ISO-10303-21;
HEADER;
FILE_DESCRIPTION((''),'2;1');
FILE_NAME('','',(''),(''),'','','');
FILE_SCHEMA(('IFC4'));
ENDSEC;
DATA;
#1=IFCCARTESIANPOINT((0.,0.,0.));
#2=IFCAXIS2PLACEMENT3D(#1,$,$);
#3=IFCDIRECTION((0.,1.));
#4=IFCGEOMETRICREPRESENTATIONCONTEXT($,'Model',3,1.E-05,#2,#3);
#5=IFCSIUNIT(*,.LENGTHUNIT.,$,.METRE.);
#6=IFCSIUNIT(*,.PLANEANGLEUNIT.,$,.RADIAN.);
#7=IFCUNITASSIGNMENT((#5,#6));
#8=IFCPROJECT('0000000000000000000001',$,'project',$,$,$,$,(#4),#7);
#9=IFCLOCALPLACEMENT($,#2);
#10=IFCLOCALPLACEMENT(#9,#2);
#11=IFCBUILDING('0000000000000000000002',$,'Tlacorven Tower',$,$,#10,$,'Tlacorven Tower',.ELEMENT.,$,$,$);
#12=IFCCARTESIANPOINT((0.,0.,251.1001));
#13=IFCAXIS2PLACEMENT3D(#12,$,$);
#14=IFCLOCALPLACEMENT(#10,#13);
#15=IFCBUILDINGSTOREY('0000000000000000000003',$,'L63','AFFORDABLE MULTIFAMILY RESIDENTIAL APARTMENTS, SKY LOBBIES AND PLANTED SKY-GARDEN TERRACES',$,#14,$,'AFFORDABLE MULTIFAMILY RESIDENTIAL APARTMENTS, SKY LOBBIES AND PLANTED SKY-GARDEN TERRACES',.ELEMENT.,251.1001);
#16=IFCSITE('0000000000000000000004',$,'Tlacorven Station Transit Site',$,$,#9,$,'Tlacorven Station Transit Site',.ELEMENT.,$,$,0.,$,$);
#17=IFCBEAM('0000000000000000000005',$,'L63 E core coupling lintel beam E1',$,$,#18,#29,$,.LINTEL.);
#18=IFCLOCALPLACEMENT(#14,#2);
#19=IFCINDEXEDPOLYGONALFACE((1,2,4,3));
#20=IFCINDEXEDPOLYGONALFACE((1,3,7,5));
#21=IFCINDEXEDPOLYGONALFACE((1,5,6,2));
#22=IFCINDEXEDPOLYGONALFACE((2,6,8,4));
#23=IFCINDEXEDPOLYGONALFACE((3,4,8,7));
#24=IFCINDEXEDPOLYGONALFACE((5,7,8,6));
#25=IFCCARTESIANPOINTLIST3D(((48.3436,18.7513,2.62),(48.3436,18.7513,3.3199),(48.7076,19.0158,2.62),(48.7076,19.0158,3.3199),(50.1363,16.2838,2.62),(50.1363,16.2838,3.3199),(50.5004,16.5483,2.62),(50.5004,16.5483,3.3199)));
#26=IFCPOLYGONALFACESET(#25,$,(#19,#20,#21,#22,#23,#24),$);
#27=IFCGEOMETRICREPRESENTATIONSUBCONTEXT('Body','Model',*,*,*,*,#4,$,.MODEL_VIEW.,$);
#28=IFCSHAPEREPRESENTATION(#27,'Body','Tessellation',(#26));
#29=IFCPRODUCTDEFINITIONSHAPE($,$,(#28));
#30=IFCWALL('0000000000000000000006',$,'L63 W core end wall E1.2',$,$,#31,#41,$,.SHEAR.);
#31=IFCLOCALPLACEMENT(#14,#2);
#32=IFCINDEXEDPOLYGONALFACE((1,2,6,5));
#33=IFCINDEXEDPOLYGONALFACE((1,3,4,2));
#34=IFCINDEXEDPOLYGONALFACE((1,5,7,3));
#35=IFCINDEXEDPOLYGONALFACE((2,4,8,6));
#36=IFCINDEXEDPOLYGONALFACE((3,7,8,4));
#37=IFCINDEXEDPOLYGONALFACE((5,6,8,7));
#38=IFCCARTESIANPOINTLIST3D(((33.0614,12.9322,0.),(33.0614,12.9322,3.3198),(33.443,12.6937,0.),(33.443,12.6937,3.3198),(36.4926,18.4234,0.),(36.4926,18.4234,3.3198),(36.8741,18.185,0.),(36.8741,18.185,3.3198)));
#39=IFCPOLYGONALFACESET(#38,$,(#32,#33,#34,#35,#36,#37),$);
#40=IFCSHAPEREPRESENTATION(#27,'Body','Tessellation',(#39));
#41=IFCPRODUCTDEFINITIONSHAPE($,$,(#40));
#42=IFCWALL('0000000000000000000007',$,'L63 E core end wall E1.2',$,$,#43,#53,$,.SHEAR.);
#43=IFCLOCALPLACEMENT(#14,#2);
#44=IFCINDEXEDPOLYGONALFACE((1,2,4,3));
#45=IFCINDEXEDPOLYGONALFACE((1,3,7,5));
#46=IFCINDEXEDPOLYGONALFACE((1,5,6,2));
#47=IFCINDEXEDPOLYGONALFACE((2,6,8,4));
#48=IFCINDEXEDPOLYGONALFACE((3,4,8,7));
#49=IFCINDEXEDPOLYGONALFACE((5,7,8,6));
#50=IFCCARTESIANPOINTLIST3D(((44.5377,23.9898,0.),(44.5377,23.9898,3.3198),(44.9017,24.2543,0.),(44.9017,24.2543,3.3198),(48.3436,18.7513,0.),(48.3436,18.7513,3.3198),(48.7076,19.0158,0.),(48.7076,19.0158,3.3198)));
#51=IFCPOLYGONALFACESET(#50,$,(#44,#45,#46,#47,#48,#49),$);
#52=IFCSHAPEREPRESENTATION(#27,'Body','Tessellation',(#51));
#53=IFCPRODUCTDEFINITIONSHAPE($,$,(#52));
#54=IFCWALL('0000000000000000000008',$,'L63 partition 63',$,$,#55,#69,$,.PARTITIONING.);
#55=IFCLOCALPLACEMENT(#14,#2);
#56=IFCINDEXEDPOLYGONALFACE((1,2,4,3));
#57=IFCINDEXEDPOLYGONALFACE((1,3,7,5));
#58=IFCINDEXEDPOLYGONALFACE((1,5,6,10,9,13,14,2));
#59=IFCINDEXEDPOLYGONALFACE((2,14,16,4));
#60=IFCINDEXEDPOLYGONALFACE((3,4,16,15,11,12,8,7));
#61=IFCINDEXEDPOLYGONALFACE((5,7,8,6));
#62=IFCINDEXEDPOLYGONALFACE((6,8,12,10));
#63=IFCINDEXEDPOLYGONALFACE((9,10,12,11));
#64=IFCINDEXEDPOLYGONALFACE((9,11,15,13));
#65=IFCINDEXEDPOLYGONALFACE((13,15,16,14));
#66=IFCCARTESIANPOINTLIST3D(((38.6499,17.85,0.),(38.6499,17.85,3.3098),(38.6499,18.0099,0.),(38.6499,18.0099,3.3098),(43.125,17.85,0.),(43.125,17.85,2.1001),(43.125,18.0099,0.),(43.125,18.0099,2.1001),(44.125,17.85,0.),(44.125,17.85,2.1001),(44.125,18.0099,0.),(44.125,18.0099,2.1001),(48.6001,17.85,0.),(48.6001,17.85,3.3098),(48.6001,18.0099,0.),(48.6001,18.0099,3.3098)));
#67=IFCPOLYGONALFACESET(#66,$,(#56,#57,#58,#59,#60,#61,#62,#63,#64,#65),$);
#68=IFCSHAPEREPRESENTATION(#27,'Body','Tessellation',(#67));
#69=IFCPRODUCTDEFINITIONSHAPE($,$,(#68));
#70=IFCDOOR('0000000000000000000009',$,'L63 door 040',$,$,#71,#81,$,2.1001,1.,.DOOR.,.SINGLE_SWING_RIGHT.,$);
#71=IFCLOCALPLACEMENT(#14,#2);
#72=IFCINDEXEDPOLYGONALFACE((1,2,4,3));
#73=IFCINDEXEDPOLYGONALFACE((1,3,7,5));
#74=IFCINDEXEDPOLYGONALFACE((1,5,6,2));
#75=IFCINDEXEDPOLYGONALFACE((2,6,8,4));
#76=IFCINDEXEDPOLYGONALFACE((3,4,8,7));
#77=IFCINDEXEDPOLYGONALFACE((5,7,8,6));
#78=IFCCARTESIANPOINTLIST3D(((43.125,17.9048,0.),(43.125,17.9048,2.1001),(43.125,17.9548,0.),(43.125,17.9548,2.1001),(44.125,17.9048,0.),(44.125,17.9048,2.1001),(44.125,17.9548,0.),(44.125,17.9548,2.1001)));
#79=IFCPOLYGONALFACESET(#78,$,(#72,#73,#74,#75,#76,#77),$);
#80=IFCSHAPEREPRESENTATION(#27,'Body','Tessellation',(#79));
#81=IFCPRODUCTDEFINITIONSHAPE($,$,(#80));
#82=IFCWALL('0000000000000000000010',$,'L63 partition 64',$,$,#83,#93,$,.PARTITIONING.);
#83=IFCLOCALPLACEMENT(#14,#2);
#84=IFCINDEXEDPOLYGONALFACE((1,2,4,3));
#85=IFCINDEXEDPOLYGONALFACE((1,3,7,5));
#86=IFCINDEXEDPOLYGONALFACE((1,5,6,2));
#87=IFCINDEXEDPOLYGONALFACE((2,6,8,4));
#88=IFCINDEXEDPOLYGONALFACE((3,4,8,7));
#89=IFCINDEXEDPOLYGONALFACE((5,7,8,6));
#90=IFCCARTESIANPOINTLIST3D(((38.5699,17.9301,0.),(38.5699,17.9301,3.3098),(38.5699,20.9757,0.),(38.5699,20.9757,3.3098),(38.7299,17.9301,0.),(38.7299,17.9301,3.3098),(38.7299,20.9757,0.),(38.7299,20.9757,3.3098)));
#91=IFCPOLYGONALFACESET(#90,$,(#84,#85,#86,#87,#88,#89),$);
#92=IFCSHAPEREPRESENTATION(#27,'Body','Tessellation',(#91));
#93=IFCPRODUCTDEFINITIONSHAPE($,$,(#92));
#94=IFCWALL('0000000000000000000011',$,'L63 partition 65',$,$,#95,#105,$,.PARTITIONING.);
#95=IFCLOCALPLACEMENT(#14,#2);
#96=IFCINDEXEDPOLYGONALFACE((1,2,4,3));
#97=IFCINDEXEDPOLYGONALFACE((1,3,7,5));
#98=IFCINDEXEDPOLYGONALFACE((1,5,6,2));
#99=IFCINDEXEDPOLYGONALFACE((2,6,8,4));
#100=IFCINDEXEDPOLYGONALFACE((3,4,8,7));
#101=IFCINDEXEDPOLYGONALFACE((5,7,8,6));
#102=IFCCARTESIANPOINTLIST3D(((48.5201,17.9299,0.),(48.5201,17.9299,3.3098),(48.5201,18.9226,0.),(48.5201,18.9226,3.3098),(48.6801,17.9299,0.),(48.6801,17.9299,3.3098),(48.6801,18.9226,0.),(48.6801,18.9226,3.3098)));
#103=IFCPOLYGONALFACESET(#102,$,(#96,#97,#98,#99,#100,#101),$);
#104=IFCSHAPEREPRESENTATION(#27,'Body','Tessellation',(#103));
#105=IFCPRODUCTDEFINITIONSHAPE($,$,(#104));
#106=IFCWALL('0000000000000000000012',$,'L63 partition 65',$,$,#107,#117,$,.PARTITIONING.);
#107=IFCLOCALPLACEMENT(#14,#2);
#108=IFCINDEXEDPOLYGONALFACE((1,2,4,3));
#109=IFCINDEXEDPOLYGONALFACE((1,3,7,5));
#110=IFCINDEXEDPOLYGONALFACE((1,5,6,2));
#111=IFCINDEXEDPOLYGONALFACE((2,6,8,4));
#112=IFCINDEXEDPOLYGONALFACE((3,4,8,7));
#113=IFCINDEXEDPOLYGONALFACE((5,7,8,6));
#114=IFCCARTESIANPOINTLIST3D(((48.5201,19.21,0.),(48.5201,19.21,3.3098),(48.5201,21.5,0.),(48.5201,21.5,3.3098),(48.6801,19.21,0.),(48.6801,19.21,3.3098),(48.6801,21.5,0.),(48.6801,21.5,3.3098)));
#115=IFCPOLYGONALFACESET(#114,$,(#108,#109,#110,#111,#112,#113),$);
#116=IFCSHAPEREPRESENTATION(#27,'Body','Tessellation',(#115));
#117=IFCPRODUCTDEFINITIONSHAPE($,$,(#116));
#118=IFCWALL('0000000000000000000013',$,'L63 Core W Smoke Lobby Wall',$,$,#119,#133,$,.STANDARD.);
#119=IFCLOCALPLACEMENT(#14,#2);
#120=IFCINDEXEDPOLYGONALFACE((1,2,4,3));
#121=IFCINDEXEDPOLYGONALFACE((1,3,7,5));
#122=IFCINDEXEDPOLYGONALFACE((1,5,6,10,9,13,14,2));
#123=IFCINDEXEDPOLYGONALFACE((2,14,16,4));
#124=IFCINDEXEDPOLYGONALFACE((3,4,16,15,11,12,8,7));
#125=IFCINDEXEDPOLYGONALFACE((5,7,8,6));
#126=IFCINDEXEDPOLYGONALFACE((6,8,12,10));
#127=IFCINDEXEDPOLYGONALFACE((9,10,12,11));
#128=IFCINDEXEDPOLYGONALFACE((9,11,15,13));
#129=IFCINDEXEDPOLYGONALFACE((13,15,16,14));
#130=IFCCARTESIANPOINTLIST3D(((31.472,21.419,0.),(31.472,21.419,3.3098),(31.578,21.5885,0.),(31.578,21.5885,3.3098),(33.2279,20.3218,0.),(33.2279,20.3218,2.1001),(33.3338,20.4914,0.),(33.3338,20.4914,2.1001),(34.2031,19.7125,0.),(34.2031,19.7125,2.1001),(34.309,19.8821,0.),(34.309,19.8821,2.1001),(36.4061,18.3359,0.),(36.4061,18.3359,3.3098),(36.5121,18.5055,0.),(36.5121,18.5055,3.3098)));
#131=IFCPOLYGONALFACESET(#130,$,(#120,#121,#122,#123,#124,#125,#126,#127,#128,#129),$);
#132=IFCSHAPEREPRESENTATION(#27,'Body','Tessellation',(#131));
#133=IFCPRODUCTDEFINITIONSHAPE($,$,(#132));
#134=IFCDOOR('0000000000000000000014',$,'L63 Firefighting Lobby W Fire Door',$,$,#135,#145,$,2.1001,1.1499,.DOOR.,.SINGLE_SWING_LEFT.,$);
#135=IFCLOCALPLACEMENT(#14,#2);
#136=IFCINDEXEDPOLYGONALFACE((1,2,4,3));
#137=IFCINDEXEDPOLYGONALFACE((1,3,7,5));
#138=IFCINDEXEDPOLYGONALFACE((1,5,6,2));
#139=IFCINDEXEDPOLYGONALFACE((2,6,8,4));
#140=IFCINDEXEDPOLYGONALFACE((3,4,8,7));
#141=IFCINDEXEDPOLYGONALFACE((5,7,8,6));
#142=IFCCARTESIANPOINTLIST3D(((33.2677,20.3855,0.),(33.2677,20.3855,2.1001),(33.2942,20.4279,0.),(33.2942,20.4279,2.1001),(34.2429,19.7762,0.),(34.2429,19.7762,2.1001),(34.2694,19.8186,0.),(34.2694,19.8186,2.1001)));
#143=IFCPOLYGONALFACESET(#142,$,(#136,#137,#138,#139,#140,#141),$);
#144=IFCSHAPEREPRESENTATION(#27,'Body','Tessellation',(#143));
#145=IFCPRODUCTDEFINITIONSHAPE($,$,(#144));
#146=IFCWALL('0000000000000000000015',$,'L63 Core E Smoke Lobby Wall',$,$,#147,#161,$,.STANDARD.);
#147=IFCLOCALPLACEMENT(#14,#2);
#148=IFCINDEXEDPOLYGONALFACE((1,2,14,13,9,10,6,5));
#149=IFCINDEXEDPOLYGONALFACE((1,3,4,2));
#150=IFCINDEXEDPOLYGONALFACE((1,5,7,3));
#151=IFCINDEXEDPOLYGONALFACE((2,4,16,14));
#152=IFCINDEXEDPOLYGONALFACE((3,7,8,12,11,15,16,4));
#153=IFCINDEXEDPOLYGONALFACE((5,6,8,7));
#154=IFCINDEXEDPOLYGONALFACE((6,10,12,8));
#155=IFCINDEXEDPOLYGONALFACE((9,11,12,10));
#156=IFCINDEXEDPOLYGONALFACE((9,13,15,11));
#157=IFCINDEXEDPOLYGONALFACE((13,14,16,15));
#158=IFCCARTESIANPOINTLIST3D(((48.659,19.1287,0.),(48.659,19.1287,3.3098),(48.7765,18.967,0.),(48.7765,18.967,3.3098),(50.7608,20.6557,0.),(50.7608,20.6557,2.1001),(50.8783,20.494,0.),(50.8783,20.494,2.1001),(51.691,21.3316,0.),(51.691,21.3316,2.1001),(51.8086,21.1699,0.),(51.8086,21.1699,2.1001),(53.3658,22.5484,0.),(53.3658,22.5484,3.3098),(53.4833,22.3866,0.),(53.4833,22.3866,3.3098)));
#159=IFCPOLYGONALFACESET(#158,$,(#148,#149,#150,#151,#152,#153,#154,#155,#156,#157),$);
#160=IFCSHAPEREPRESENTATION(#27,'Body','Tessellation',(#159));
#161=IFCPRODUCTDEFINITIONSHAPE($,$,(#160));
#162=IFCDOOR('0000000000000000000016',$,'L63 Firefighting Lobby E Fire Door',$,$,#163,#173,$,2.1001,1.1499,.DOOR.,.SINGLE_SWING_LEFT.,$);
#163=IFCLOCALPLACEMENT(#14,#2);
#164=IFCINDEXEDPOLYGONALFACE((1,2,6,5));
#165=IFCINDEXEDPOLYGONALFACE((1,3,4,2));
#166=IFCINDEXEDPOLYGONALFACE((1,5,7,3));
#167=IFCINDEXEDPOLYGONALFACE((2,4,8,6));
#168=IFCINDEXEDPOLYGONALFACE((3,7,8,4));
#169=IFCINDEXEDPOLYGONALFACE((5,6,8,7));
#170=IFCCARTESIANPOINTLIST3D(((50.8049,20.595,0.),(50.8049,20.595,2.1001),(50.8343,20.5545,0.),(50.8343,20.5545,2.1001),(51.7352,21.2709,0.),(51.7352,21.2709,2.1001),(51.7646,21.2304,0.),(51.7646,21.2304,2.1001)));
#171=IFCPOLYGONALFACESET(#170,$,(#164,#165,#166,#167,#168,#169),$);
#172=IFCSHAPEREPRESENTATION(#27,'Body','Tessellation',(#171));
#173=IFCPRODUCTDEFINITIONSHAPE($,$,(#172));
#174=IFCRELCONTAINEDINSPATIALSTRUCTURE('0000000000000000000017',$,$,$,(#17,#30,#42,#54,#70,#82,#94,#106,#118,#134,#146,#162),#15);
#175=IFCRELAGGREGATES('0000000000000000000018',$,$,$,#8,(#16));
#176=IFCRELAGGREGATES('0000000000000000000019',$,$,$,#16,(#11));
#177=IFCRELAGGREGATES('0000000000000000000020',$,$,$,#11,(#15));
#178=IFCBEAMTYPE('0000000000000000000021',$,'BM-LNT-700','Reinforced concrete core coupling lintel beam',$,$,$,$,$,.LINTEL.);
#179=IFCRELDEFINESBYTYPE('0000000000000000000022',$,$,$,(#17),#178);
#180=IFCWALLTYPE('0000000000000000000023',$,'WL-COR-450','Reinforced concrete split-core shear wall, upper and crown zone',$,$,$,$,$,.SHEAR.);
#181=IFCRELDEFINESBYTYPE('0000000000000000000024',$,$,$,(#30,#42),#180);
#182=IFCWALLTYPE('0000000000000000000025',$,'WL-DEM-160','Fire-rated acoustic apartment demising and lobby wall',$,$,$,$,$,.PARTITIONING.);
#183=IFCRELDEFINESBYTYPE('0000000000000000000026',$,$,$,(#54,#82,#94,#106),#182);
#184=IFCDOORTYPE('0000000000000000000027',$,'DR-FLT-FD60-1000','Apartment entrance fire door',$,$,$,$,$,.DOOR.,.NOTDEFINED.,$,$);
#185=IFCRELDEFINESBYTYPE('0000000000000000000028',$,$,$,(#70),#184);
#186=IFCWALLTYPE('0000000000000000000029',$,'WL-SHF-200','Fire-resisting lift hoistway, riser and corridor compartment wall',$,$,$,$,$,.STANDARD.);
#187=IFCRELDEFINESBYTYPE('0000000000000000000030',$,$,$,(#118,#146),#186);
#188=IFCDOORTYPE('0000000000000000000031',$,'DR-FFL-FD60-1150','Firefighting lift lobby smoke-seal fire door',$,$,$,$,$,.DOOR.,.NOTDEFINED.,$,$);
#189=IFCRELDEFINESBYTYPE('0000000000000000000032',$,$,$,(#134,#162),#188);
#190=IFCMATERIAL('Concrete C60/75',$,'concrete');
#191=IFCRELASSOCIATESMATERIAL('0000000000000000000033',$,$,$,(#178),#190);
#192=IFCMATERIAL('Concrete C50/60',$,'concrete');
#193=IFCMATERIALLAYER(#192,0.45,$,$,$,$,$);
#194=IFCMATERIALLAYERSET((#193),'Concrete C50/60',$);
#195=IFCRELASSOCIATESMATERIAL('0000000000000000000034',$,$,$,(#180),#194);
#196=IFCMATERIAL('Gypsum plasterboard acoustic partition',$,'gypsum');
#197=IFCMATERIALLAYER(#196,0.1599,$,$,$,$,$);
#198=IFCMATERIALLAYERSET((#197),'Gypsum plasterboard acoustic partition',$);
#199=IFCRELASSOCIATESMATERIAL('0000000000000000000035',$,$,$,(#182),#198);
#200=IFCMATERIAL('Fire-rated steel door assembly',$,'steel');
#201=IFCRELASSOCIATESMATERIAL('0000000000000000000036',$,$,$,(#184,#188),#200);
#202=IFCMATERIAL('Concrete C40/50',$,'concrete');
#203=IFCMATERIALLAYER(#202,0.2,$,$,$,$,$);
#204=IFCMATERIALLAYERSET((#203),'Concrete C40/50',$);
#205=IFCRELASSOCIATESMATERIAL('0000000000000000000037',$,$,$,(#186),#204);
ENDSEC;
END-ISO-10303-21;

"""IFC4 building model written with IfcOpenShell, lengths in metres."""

from ifc_helpers import new_model, si_unit, direction, frame, frame_2d, origin, origin_2d, place, context, subcontext, project, spatial, rectangle, extrude, source, transform, mapped, material, layer, layer_set, material_profile, profile_set, type_object, element, fill, save


model = new_model("IFC4")

# Units and contexts
model_context = context("Model", 3, precision=1e-05, world=origin(), true_north=direction((0.0, 1.0)))
body_context = subcontext(model_context, "Body", "Model", "MODEL_VIEW")
ifc_project = project(units=[si_unit("LENGTHUNIT", "METRE"), si_unit("PLANEANGLEUNIT", "RADIAN")], contexts=[model_context])

# Site, building, storey
site_placement = place(None, origin())
site = spatial("IfcSite", under=ifc_project, at=site_placement, Name="Tlacorven Station Transit Site", LongName="Tlacorven Station Transit Site", CompositionType="ELEMENT", RefElevation=0.0)
building_placement = place(site_placement, origin())
building = spatial("IfcBuilding", under=site, at=building_placement, Name="Tlacorven Tower", LongName="Tlacorven Tower", CompositionType="ELEMENT")
storey_placement = place(building_placement, frame((0.0, 0.0, 251.1001)))
storey = spatial("IfcBuildingStorey", under=building, at=storey_placement, Name="L63", Description="AFFORDABLE MULTIFAMILY RESIDENTIAL APARTMENTS, SKY LOBBIES AND PLANTED SKY-GARDEN TERRACES", LongName="AFFORDABLE MULTIFAMILY RESIDENTIAL APARTMENTS, SKY LOBBIES AND PLANTED SKY-GARDEN TERRACES", CompositionType="ELEMENT", Elevation=251.1001)

# Beam
ifc_material_1 = material(Name="Concrete C60/75", Category="concrete")
ifc_material_profile = material_profile(ifc_material_1, rectangle(XDim=0.45, YDim=0.7, at=origin_2d()), Name="RC 450X700")
ifc_profile_set = profile_set([ifc_material_profile], Name="Concrete C60/75")
beam_type = type_object("IfcBeamType", Name="BM-LNT-700", Description="Reinforced concrete core coupling lintel beam", PredefinedType="LINTEL", material=ifc_profile_set)
shared_shape_1 = source(origin(), body_context, "Body", "SweptSolid", [
    extrude(rectangle(XDim=0.45, YDim=0.7, at=origin_2d()), origin(), (0.0, 0.0, 1.0), 3.05),
])
beam_placement = place(storey_placement, frame((50.3184, 16.416, 2.97), z_axis=(-0.587777, 0.809023, 0.0), x_axis=(-0.809023, -0.587777, 0.0)))
element("IfcBeam", 1, at=beam_placement, inside=storey, type_object=beam_type, Name="L63 E core coupling lintel beam E1", PredefinedType="LINTEL", context=body_context, shape_type="MappedRepresentation", body=[
    mapped(shared_shape_1, transform((0.0, 0.0, 0.0), scale=1.0)),
])

# Walls
ifc_material_2 = material(Name="Concrete C50/60", Category="concrete")
ifc_layer_1 = layer(ifc_material_2, 0.45)
ifc_layer_set_1 = layer_set([ifc_layer_1], Name="Concrete C50/60")
wall_type_1 = type_object("IfcWallType", Name="WL-COR-450", Description="Reinforced concrete split-core shear wall, upper and crown zone", PredefinedType="SHEAR", material=ifc_layer_set_1)
for number, where, z_axis, x_axis, name in (
    (2, (36.6833, 18.3042, 0.0), (0.0, 0.0, 1.0), (-0.529904, -0.848058, 0.0), "L63 W core end wall E1.2"),
    (3, (48.5256, 18.8835, 0.0), (0.0, 0.0, 1.0), (-0.587775, 0.809025, 0.0), "L63 E core end wall E1.2"),
):
    element("IfcWall", number, at=place(storey_placement, frame(where, z_axis=z_axis, x_axis=x_axis)), inside=storey, type_object=wall_type_1, Name=name, PredefinedType="SHEAR", context=body_context, shape_type="SweptSolid", body=[
        extrude(rectangle(XDim=6.4751, YDim=0.45, at=frame_2d((3.2375, 0.0))), origin(), (0.0, 0.0, 1.0), 3.3198),
    ])

# Wall, opening, door
ifc_material_3 = material(Name="Gypsum plasterboard acoustic partition", Category="gypsum")
ifc_layer_2 = layer(ifc_material_3, 0.1599)
ifc_layer_set_2 = layer_set([ifc_layer_2], Name="Gypsum plasterboard acoustic partition")
wall_type_2 = type_object("IfcWallType", Name="WL-DEM-160", Description="Fire-rated acoustic apartment demising and lobby wall", PredefinedType="PARTITIONING", material=ifc_layer_set_2)
wall_1_placement = place(storey_placement, frame((38.6499, 17.9299, 0.0), z_axis=(0.0, 0.0, 1.0), x_axis=(1.0, 0.0, 0.0)))
wall_1 = element("IfcWall", 4, at=wall_1_placement, inside=storey, type_object=wall_type_2, Name="L63 partition 63", PredefinedType="PARTITIONING", context=body_context, shape_type="SweptSolid", body=[
    extrude(rectangle(XDim=9.9502, YDim=0.1599, at=frame_2d((4.9751, 0.0))), origin(), (0.0, 0.0, 1.0), 3.3098),
])
opening_1_placement = place(wall_1_placement, frame((4.4751, 0.0, 0.0)))
opening_1 = element("IfcOpeningElement", 5, at=opening_1_placement, cuts=wall_1, PredefinedType="OPENING", context=body_context, shape_type="SweptSolid", body=[
    extrude(rectangle(XDim=1.0, YDim=2.1001, at=frame_2d((0.5, 1.05))), frame((0.0, 0.0898, 0.0), z_axis=(0.0, -1.0, 0.0), x_axis=(1.0, 0.0, 0.0)), (0.0, 0.0, 1.0), 0.1799),
])
ifc_material_4 = material(Name="Fire-rated steel door assembly", Category="steel")
door_type_1 = type_object("IfcDoorType", Name="DR-FLT-FD60-1000", Description="Apartment entrance fire door", OperationType="NOTDEFINED", PredefinedType="DOOR", material=ifc_material_4)
shared_shape_2 = source(origin(), body_context, "Body", "SweptSolid", [
    extrude(rectangle(XDim=1.0, YDim=2.1001, at=frame_2d((0.5, 1.05))), frame((0.0, 0.0249, 0.0), z_axis=(0.0, -1.0, 0.0), x_axis=(1.0, 0.0, 0.0)), (0.0, 0.0, 1.0), 0.05),
])
door_1_placement = place(opening_1_placement, origin())
door_1 = element("IfcDoor", 6, at=door_1_placement, inside=storey, type_object=door_type_1, Name="L63 door 040", OperationType="SINGLE_SWING_RIGHT", OverallHeight=2.1001, OverallWidth=1.0, PredefinedType="DOOR", context=body_context, shape_type="MappedRepresentation", body=[
    mapped(shared_shape_2, transform((0.0, 0.0, 0.0), scale=1.0)),
])
fill(opening_1, door_1)

# Walls
wall_2_placement = place(storey_placement, frame((38.6499, 17.9299, 0.0), z_axis=(0.0, 0.0, 1.0), x_axis=(0.0, 1.0, 0.0)))
element("IfcWall", 7, at=wall_2_placement, inside=storey, type_object=wall_type_2, Name="L63 partition 64", PredefinedType="PARTITIONING", context=body_context, shape_type="SweptSolid", body=[
    extrude(rectangle(XDim=3.0457, YDim=0.1599, at=frame_2d((1.5229, 0.0))), origin(), (0.0, 0.0, 1.0), 3.3098),
])
wall_3_placement = place(storey_placement, frame((48.6001, 17.9299, 0.0), z_axis=(0.0, 0.0, 1.0), x_axis=(0.0, 1.0, 0.0)))
element("IfcWall", 8, at=wall_3_placement, inside=storey, type_object=wall_type_2, Name="L63 partition 65", PredefinedType="PARTITIONING", context=body_context, shape_type="SweptSolid", body=[
    extrude(rectangle(XDim=0.9927, YDim=0.1599, at=frame_2d((0.4963, 0.0))), origin(), (0.0, 0.0, 1.0), 3.3098),
])
wall_4_placement = place(storey_placement, frame((48.6001, 19.21, 0.0), z_axis=(0.0, 0.0, 1.0), x_axis=(0.0, 1.0, 0.0)))
element("IfcWall", 9, at=wall_4_placement, inside=storey, type_object=wall_type_2, Name="L63 partition 65", PredefinedType="PARTITIONING", context=body_context, shape_type="SweptSolid", body=[
    extrude(rectangle(XDim=2.29, YDim=0.1599, at=frame_2d((1.145, 0.0))), origin(), (0.0, 0.0, 1.0), 3.3098),
])

# Walls, openings, doors
ifc_material_5 = material(Name="Concrete C40/50", Category="concrete")
ifc_layer_3 = layer(ifc_material_5, 0.2)
ifc_layer_set_3 = layer_set([ifc_layer_3], Name="Concrete C40/50")
wall_type_3 = type_object("IfcWallType", Name="WL-SHF-200", Description="Fire-resisting lift hoistway, riser and corridor compartment wall", PredefinedType="STANDARD", material=ifc_layer_set_3)
wall_5_placement = place(storey_placement, frame((36.4592, 18.4207, 0.0), z_axis=(0.0, 0.0, 1.0), x_axis=(-0.84806, 0.529901, 0.0)))
wall_5 = element("IfcWall", 10, at=wall_5_placement, inside=storey, type_object=wall_type_3, Name="L63 Core W Smoke Lobby Wall", PredefinedType="STANDARD", context=body_context, shape_type="SweptSolid", body=[
    extrude(rectangle(XDim=5.8181, YDim=0.2, at=frame_2d((2.9092, 0.0))), origin(), (0.0, 0.0, 1.0), 3.3098),
])
opening_2_placement = place(wall_5_placement, frame((2.5979, 0.0, 0.0)))
opening_2 = element("IfcOpeningElement", 11, at=opening_2_placement, cuts=wall_5, PredefinedType="OPENING", context=body_context, shape_type="SweptSolid", body=[
    extrude(rectangle(XDim=1.1499, YDim=2.1001, at=frame_2d((0.575, 1.05))), frame((0.0, 0.1099, 0.0), z_axis=(0.0, -1.0, 0.0), x_axis=(1.0, 0.0, 0.0)), (0.0, 0.0, 1.0), 0.22),
])
door_type_2 = type_object("IfcDoorType", Name="DR-FFL-FD60-1150", Description="Firefighting lift lobby smoke-seal fire door", OperationType="NOTDEFINED", PredefinedType="DOOR", material=ifc_material_4)
shared_shape_3 = source(origin(), body_context, "Body", "SweptSolid", [
    extrude(rectangle(XDim=1.1499, YDim=2.1001, at=frame_2d((0.575, 1.05))), frame((0.0, 0.0249, 0.0), z_axis=(0.0, -1.0, 0.0), x_axis=(1.0, 0.0, 0.0)), (0.0, 0.0, 1.0), 0.05),
])
door_2_placement = place(opening_2_placement, origin())
door_2 = element("IfcDoor", 12, at=door_2_placement, inside=storey, type_object=door_type_2, Name="L63 Firefighting Lobby W Fire Door", OperationType="SINGLE_SWING_LEFT", OverallHeight=2.1001, OverallWidth=1.1499, PredefinedType="DOOR", context=body_context, shape_type="MappedRepresentation", body=[
    mapped(shared_shape_3, transform((0.0, 0.0, 0.0), scale=1.0)),
])
fill(opening_2, door_2)
wall_6_placement = place(storey_placement, frame((48.7178, 19.0479, 0.0), z_axis=(0.0, 0.0, 1.0), x_axis=(0.809017, 0.587785, 0.0)))
wall_6 = element("IfcWall", 13, at=wall_6_placement, inside=storey, type_object=wall_type_3, Name="L63 Core E Smoke Lobby Wall", PredefinedType="STANDARD", context=body_context, shape_type="SweptSolid", body=[
    extrude(rectangle(XDim=5.8179, YDim=0.2, at=frame_2d((2.9089, 0.0))), origin(), (0.0, 0.0, 1.0), 3.3098),
])
opening_3_placement = place(wall_6_placement, frame((2.5979, 0.0, 0.0)))
opening_3 = element("IfcOpeningElement", 14, at=opening_3_placement, cuts=wall_6, PredefinedType="OPENING", context=body_context, shape_type="SweptSolid", body=[
    extrude(rectangle(XDim=1.1499, YDim=2.1001, at=frame_2d((0.575, 1.05))), frame((0.0, 0.1099, 0.0), z_axis=(0.0, -1.0, 0.0), x_axis=(1.0, 0.0, 0.0)), (0.0, 0.0, 1.0), 0.22),
])
door_3_placement = place(opening_3_placement, origin())
door_3 = element("IfcDoor", 15, at=door_3_placement, inside=storey, type_object=door_type_2, Name="L63 Firefighting Lobby E Fire Door", OperationType="SINGLE_SWING_LEFT", OverallHeight=2.1001, OverallWidth=1.1499, PredefinedType="DOOR", context=body_context, shape_type="MappedRepresentation", body=[
    mapped(shared_shape_3, transform((0.0, 0.0, 0.0), scale=1.0)),
])
fill(opening_3, door_3)

save(model, "model.ifc")
